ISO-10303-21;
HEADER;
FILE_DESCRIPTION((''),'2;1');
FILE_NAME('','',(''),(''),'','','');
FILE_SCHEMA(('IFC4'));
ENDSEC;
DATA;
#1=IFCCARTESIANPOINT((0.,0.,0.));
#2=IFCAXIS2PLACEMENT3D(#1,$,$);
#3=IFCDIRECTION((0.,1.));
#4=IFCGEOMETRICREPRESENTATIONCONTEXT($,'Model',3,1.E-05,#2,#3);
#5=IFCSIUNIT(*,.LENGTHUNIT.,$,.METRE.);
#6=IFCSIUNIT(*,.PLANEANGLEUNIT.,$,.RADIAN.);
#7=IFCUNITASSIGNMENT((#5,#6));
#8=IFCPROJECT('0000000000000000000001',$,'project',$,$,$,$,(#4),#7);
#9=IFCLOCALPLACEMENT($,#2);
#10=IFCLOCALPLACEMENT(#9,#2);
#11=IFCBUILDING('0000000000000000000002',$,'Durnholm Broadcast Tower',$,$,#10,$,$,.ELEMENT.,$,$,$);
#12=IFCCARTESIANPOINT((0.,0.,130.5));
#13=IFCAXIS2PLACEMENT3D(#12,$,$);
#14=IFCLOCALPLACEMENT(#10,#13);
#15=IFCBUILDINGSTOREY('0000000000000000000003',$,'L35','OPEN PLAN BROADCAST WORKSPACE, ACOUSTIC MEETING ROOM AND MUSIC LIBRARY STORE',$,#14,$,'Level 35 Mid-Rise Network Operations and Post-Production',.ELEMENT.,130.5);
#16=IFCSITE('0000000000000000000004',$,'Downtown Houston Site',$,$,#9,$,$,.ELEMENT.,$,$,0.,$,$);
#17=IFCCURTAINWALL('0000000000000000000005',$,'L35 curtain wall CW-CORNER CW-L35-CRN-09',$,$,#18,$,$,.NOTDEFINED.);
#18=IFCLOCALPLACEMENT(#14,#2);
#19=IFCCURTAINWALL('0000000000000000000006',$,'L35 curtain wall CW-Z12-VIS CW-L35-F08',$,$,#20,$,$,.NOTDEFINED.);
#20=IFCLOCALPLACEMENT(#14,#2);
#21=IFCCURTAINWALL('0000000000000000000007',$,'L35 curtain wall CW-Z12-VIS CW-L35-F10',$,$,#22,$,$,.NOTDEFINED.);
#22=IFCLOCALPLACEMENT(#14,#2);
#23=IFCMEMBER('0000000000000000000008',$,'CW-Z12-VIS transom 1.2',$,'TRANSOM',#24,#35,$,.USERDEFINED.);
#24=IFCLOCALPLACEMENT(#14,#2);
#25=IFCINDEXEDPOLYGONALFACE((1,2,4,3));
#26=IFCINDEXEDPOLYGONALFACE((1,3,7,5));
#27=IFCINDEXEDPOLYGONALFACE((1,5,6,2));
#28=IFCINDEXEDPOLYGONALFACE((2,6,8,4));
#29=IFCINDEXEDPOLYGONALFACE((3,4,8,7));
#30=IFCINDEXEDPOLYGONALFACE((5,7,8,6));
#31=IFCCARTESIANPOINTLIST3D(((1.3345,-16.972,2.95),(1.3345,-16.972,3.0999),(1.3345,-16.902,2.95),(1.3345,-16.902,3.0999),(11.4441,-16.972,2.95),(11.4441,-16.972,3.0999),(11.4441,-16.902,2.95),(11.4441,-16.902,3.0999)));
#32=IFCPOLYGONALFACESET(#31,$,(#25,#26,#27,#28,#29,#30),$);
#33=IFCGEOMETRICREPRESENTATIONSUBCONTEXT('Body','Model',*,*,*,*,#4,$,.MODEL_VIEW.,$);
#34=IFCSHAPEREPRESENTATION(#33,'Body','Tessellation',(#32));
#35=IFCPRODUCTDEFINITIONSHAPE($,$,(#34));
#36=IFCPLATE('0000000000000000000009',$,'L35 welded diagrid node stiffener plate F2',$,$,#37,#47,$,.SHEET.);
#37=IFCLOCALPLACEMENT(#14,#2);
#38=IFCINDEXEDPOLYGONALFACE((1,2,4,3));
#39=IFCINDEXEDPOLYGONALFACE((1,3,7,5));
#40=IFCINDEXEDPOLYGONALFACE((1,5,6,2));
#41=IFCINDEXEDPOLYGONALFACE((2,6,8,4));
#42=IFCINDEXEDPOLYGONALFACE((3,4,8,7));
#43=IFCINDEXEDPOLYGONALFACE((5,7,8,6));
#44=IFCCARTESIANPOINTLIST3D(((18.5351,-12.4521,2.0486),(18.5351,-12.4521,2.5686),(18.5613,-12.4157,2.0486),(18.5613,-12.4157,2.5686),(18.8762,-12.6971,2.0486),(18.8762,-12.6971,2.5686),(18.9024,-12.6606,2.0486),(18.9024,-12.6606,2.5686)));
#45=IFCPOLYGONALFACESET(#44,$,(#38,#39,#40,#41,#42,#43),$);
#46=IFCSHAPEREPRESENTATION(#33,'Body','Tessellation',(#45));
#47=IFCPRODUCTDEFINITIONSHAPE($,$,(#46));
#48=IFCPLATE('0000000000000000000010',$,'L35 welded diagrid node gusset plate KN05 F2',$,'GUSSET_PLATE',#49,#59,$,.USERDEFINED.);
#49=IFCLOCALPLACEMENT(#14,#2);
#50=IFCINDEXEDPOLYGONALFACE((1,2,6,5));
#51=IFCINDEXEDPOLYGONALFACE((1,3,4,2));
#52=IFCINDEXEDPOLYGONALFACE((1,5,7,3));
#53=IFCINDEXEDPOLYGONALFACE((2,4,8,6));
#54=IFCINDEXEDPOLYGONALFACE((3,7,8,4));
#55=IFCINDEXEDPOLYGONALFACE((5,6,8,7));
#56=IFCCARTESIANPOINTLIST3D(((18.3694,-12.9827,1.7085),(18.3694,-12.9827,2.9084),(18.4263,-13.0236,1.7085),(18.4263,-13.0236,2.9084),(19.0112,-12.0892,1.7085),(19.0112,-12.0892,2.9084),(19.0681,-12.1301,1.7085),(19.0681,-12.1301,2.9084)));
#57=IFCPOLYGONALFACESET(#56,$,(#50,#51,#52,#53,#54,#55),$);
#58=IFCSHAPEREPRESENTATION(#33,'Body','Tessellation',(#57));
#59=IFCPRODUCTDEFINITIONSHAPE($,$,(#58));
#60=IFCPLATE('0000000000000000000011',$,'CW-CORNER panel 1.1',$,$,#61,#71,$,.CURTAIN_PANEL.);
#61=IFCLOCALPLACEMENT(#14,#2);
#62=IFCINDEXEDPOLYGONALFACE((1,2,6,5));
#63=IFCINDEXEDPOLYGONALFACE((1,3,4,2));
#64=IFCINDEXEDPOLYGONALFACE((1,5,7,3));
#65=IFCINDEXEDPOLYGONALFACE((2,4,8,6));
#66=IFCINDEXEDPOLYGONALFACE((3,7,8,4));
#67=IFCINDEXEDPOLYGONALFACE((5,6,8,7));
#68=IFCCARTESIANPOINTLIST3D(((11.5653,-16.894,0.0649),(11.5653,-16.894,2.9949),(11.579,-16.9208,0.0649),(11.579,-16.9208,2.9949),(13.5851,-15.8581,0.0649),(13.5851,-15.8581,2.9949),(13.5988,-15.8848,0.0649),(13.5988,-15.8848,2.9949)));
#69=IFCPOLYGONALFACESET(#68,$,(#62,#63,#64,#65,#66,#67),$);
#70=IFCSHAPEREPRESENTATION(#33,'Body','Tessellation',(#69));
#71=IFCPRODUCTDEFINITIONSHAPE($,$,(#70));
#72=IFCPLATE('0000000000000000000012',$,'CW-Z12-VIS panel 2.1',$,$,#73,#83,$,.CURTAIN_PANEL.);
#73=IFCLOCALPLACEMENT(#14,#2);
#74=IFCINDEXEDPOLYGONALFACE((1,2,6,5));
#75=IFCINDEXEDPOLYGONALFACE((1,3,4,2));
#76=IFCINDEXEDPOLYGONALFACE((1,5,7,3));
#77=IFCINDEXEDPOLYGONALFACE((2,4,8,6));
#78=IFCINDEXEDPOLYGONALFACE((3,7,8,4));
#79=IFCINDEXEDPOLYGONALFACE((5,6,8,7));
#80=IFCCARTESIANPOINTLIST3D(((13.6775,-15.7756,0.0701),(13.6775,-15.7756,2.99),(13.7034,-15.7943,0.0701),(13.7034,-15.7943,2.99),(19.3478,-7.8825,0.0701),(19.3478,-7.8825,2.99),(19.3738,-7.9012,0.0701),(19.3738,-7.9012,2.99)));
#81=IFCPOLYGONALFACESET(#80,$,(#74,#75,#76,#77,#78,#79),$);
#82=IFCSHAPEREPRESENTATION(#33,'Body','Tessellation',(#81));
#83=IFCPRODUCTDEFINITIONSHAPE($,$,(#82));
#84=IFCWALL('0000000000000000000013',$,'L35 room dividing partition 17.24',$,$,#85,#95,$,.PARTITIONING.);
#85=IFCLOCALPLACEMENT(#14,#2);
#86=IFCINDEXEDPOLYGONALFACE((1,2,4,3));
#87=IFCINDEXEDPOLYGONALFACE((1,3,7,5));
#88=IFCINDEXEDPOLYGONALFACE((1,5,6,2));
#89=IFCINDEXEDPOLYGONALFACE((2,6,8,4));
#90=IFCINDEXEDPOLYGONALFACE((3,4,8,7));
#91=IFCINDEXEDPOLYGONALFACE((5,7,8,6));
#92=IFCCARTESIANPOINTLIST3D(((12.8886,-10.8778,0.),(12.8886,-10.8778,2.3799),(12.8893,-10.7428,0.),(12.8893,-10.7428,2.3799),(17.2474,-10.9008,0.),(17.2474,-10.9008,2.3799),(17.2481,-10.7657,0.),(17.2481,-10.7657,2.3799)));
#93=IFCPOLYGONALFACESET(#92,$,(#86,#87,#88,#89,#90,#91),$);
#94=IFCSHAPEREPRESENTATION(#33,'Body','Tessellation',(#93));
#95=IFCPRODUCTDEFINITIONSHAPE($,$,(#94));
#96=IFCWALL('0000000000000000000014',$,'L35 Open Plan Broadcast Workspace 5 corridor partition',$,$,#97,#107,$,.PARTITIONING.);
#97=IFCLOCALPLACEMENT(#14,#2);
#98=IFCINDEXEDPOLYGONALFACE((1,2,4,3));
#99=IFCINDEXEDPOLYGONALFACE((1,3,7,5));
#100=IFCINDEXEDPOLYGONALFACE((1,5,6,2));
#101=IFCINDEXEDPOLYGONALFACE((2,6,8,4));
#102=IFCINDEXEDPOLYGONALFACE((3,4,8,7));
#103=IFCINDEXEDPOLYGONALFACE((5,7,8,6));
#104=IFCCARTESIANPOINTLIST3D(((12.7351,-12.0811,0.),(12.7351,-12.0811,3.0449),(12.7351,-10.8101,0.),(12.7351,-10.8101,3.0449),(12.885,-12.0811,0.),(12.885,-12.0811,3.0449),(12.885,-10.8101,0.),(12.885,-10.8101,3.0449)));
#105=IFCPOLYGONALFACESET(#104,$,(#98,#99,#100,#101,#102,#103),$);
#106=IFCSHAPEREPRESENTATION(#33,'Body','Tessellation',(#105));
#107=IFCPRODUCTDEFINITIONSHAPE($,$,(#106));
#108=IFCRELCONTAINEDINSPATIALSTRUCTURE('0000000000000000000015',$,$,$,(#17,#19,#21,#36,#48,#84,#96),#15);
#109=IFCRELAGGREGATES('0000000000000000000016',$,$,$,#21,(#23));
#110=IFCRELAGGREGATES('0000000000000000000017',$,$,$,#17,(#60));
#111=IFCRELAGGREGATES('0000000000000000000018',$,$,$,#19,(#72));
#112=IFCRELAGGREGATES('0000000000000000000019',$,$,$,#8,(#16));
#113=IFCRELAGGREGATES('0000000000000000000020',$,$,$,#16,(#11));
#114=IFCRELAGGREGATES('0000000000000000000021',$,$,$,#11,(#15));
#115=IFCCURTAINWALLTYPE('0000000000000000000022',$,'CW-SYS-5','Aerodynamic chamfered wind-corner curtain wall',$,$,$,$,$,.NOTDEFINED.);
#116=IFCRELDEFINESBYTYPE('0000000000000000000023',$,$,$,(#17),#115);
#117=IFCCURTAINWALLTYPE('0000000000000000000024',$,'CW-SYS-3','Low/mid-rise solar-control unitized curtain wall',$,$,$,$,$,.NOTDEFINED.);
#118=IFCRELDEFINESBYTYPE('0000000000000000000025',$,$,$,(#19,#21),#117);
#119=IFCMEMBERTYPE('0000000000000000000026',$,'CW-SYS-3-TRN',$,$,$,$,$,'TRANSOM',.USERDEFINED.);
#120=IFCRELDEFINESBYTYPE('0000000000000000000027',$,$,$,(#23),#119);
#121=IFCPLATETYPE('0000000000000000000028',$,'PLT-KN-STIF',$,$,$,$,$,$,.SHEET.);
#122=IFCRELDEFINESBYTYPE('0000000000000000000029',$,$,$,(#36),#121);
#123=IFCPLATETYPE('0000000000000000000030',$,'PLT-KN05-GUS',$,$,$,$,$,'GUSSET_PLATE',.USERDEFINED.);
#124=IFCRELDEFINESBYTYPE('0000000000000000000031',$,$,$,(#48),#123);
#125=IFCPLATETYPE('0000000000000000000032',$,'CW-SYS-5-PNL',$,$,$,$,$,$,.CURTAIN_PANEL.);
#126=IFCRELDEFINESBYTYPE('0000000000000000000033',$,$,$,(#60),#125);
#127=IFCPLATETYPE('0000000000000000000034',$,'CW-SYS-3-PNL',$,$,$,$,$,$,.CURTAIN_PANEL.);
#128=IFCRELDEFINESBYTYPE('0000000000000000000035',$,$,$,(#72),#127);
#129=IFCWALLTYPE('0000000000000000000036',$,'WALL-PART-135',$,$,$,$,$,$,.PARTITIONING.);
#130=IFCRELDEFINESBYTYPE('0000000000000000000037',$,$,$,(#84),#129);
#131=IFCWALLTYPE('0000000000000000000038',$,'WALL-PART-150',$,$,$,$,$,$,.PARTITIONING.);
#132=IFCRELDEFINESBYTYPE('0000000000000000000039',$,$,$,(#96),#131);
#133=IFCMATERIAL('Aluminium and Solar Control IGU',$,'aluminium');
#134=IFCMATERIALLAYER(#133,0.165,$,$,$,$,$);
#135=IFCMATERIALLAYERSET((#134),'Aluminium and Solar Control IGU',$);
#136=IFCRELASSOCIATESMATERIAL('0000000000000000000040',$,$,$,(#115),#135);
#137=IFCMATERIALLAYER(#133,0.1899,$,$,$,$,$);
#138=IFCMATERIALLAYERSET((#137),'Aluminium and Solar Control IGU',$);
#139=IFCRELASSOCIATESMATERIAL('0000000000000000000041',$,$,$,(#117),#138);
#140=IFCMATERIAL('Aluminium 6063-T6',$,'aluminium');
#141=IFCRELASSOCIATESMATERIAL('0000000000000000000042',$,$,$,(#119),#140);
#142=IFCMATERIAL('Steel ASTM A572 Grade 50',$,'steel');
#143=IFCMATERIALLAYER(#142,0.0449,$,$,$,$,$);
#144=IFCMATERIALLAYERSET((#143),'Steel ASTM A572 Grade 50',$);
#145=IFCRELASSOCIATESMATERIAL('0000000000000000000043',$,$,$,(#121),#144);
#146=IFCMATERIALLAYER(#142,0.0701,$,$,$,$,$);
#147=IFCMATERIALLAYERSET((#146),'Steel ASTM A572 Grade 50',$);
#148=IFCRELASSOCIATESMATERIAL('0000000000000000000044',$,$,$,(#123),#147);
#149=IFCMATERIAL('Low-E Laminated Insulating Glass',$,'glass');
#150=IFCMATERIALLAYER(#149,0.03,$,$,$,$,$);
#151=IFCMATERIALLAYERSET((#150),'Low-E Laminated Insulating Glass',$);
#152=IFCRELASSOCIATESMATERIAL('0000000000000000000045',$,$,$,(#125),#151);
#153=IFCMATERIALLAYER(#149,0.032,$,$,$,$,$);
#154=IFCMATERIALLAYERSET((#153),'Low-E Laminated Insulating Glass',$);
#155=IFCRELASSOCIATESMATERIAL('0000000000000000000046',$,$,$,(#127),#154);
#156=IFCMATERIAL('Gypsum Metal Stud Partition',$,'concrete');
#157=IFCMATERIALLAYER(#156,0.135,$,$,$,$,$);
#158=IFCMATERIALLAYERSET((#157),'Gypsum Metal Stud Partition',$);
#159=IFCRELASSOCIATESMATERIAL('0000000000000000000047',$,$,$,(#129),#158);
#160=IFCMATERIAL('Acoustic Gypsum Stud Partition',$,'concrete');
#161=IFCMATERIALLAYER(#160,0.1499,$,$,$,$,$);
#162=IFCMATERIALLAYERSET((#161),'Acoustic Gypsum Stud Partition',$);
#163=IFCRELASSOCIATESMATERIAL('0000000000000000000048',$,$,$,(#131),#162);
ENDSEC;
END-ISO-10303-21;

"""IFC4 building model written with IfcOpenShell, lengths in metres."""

from ifc_helpers import new_model, si_unit, direction, frame, frame_2d, origin, origin_2d, place, context, subcontext, project, spatial, rectangle, extrude, source, transform, mapped, material, layer, layer_set, material_profile, profile_set, type_object, type_shapes, element, aggregate, save


model = new_model("IFC4")

# Units and contexts
model_context = context("Model", 3, precision=1e-05, world=origin(), true_north=direction((0.0, 1.0)))
body_context = subcontext(model_context, "Body", "Model", "MODEL_VIEW")
ifc_project = project(units=[si_unit("LENGTHUNIT", "METRE"), si_unit("PLANEANGLEUNIT", "RADIAN")], contexts=[model_context])

# Site, building, storey
site_placement = place(None, origin())
site = spatial("IfcSite", under=ifc_project, at=site_placement, Name="Downtown Houston Site", CompositionType="ELEMENT", RefElevation=0.0)
building_placement = place(site_placement, origin())
building = spatial("IfcBuilding", under=site, at=building_placement, Name="Durnholm Broadcast Tower", CompositionType="ELEMENT")
storey_placement = place(building_placement, frame((0.0, 0.0, 130.5)))
storey = spatial("IfcBuildingStorey", under=building, at=storey_placement, Name="L35", Description="OPEN PLAN BROADCAST WORKSPACE, ACOUSTIC MEETING ROOM AND MUSIC LIBRARY STORE", LongName="Level 35 Mid-Rise Network Operations and Post-Production", CompositionType="ELEMENT", Elevation=130.5)

# Curtain wall
ifc_material_1 = material(Name="Aluminium and Solar Control IGU", Category="aluminium")
ifc_layer_1 = layer(ifc_material_1, 0.165)
ifc_layer_set_1 = layer_set([ifc_layer_1], Name="Aluminium and Solar Control IGU")
curtain_wall_type_1 = type_object("IfcCurtainWallType", Name="CW-SYS-5", Description="Aerodynamic chamfered wind-corner curtain wall", PredefinedType="NOTDEFINED", material=ifc_layer_set_1)
curtain_wall_1_placement = place(storey_placement, origin())
curtain_wall_1 = element("IfcCurtainWall", 1, at=curtain_wall_1_placement, inside=storey, type_object=curtain_wall_type_1, Name="L35 curtain wall CW-CORNER CW-L35-CRN-09", PredefinedType="NOTDEFINED")
ifc_material_2 = material(Name="Aluminium 6063-T6", Category="aluminium")

# Curtain walls
ifc_layer_2 = layer(ifc_material_1, 0.1899)
ifc_layer_set_2 = layer_set([ifc_layer_2], Name="Aluminium and Solar Control IGU")
curtain_wall_type_2 = type_object("IfcCurtainWallType", Name="CW-SYS-3", Description="Low/mid-rise solar-control unitized curtain wall", PredefinedType="NOTDEFINED", material=ifc_layer_set_2)
curtain_wall_2_placement = place(storey_placement, origin())
curtain_wall_2 = element("IfcCurtainWall", 2, at=curtain_wall_2_placement, inside=storey, type_object=curtain_wall_type_2, Name="L35 curtain wall CW-Z12-VIS CW-L35-F08", PredefinedType="NOTDEFINED")
curtain_wall_3_placement = place(storey_placement, origin())
curtain_wall_3 = element("IfcCurtainWall", 3, at=curtain_wall_3_placement, inside=storey, type_object=curtain_wall_type_2, Name="L35 curtain wall CW-Z12-VIS CW-L35-F10", PredefinedType="NOTDEFINED")

# Member
ifc_material_profile_1 = material_profile(ifc_material_2, rectangle(XDim=0.0701, YDim=0.1499, at=origin_2d()), Name="CWT70X150")
ifc_profile_set_1 = profile_set([ifc_material_profile_1], Name="Aluminium 6063-T6")
member_type_1 = type_object("IfcMemberType", Name="CW-SYS-3-TRN", ElementType="TRANSOM", PredefinedType="USERDEFINED", material=ifc_profile_set_1)
shared_shape_1 = source(origin(), body_context, "Body", "SweptSolid", [
    extrude(rectangle(XDim=0.0701, YDim=0.1499, at=origin_2d()), origin(), (0.0, 0.0, 1.0), 10.1096),
])
type_shapes(member_type_1, [shared_shape_1])
member_1_placement = place(storey_placement, frame((11.4441, -16.937, 3.0249), z_axis=(-1.0, 0.0, 0.0), x_axis=(0.0, -1.0, 0.0)))
member_1 = element("IfcMember", 4, at=member_1_placement, type_object=member_type_1, Name="CW-Z12-VIS transom 1.2", ObjectType="TRANSOM", PredefinedType="USERDEFINED", context=body_context, shape_type="MappedRepresentation", body=[
    mapped(shared_shape_1, transform((0.0, 0.0, 0.0), x_axis=(1.0, 0.0, 0.0), y_axis=(0.0, 1.0, 0.0), z_axis=(0.0, 0.0, 1.0), scale=1.0)),
])
aggregate(curtain_wall_3, [member_1])

# Plates
ifc_material_3 = material(Name="Steel ASTM A572 Grade 50", Category="steel")
ifc_layer_3 = layer(ifc_material_3, 0.0449)
ifc_layer_set_3 = layer_set([ifc_layer_3], Name="Steel ASTM A572 Grade 50")
plate_type_1 = type_object("IfcPlateType", Name="PLT-KN-STIF", PredefinedType="SHEET", material=ifc_layer_set_3)
shared_shape_2 = source(origin(), body_context, "Body", "SweptSolid", [
    extrude(rectangle(XDim=0.0449, YDim=0.4199, at=origin_2d()), origin(), (0.0, 0.0, 1.0), 0.52),
])
type_shapes(plate_type_1, [shared_shape_2])
plate_1_placement = place(storey_placement, frame((18.7188, -12.5564, 2.0486), z_axis=(0.0, 0.0, 1.0), x_axis=(0.583399, 0.812185, 0.0)))
element("IfcPlate", 5, at=plate_1_placement, inside=storey, type_object=plate_type_1, Name="L35 welded diagrid node stiffener plate F2", PredefinedType="SHEET", context=body_context, shape_type="MappedRepresentation", body=[
    mapped(shared_shape_2, transform((0.0, 0.0, 0.0), x_axis=(1.0, 0.0, 0.0), y_axis=(0.0, 1.0, 0.0), z_axis=(0.0, 0.0, 1.0), scale=1.0)),
])
ifc_layer_4 = layer(ifc_material_3, 0.0701)
ifc_layer_set_4 = layer_set([ifc_layer_4], Name="Steel ASTM A572 Grade 50")
plate_type_2 = type_object("IfcPlateType", Name="PLT-KN05-GUS", ElementType="GUSSET_PLATE", PredefinedType="USERDEFINED", material=ifc_layer_set_4)
shared_shape_3 = source(origin(), body_context, "Body", "SweptSolid", [
    extrude(rectangle(XDim=1.1001, YDim=0.0701, at=origin_2d()), origin(), (0.0, 0.0, 1.0), 1.2),
])
type_shapes(plate_type_2, [shared_shape_3])
plate_2_placement = place(storey_placement, frame((18.7188, -12.5564, 1.7085), z_axis=(0.0, 0.0, 1.0), x_axis=(0.583399, 0.812185, 0.0)))
element("IfcPlate", 6, at=plate_2_placement, inside=storey, type_object=plate_type_2, Name="L35 welded diagrid node gusset plate KN05 F2", ObjectType="GUSSET_PLATE", PredefinedType="USERDEFINED", context=body_context, shape_type="MappedRepresentation", body=[
    mapped(shared_shape_3, transform((0.0, 0.0, 0.0), x_axis=(1.0, 0.0, 0.0), y_axis=(0.0, 1.0, 0.0), z_axis=(0.0, 0.0, 1.0), scale=1.0)),
])

# Plates
ifc_material_4 = material(Name="Low-E Laminated Insulating Glass", Category="glass")
ifc_layer_5 = layer(ifc_material_4, 0.03)
ifc_layer_set_5 = layer_set([ifc_layer_5], Name="Low-E Laminated Insulating Glass")
plate_type_3 = type_object("IfcPlateType", Name="CW-SYS-5-PNL", PredefinedType="CURTAIN_PANEL", material=ifc_layer_set_5)
shared_shape_4 = source(origin(), body_context, "Body", "SweptSolid", [
    extrude(rectangle(XDim=2.27, YDim=0.03, at=origin_2d()), origin(), (0.0, 0.0, 1.0), 2.9299),
])
type_shapes(plate_type_3, [shared_shape_4])
plate_3_placement = place(storey_placement, frame((12.582, -16.3894, 0.0649), z_axis=(0.0, 0.0, 1.0), x_axis=(-0.889788, -0.456373, 0.0)))
plate_3 = element("IfcPlate", 7, at=plate_3_placement, type_object=plate_type_3, Name="CW-CORNER panel 1.1", PredefinedType="CURTAIN_PANEL", context=body_context, shape_type="MappedRepresentation", body=[
    mapped(shared_shape_4, transform((0.0, 0.0, 0.0), x_axis=(1.0, 0.0, 0.0), y_axis=(0.0, 1.0, 0.0), z_axis=(0.0, 0.0, 1.0), scale=1.0)),
])
aggregate(curtain_wall_1, [plate_3])
ifc_layer_6 = layer(ifc_material_4, 0.032)
ifc_layer_set_6 = layer_set([ifc_layer_6], Name="Low-E Laminated Insulating Glass")
plate_type_4 = type_object("IfcPlateType", Name="CW-SYS-3-PNL", PredefinedType="CURTAIN_PANEL", material=ifc_layer_set_6)
shared_shape_5 = source(origin(), body_context, "Body", "SweptSolid", [
    extrude(rectangle(XDim=9.7188, YDim=0.032, at=origin_2d()), origin(), (0.0, 0.0, 1.0), 2.9199),
])
type_shapes(plate_type_4, [shared_shape_5])
plate_4_placement = place(storey_placement, frame((16.5256, -11.8384, 0.0701), z_axis=(0.0, 0.0, 1.0), x_axis=(-0.583445, -0.812152, 0.0)))
plate_4 = element("IfcPlate", 8, at=plate_4_placement, type_object=plate_type_4, Name="CW-Z12-VIS panel 2.1", PredefinedType="CURTAIN_PANEL", context=body_context, shape_type="MappedRepresentation", body=[
    mapped(shared_shape_5, transform((0.0, 0.0, 0.0), x_axis=(1.0, 0.0, 0.0), y_axis=(0.0, 1.0, 0.0), z_axis=(0.0, 0.0, 1.0), scale=1.0)),
])
aggregate(curtain_wall_2, [plate_4])

# Walls
ifc_material_5 = material(Name="Gypsum Metal Stud Partition", Category="concrete")
ifc_layer_7 = layer(ifc_material_5, 0.135)
ifc_layer_set_7 = layer_set([ifc_layer_7], Name="Gypsum Metal Stud Partition")
wall_type_1 = type_object("IfcWallType", Name="WALL-PART-135", PredefinedType="PARTITIONING", material=ifc_layer_set_7)
wall_1_placement = place(storey_placement, frame((12.8889, -10.8103, 0.0), z_axis=(0.0, 0.0, 1.0), x_axis=(0.999986, -0.005265, 0.0)))
element("IfcWall", 9, at=wall_1_placement, inside=storey, type_object=wall_type_1, Name="L35 room dividing partition 17.24", PredefinedType="PARTITIONING", context=body_context, shape_type="SweptSolid", body=[
    extrude(rectangle(XDim=4.3589, YDim=0.135, at=frame_2d((2.1794, 0.0))), origin(), (0.0, 0.0, 1.0), 2.3799),
])
ifc_material_6 = material(Name="Acoustic Gypsum Stud Partition", Category="concrete")
ifc_layer_8 = layer(ifc_material_6, 0.1499)
ifc_layer_set_8 = layer_set([ifc_layer_8], Name="Acoustic Gypsum Stud Partition")
wall_type_2 = type_object("IfcWallType", Name="WALL-PART-150", PredefinedType="PARTITIONING", material=ifc_layer_set_8)
wall_2_placement = place(storey_placement, frame((12.8101, -12.0811, 0.0), z_axis=(0.0, 0.0, 1.0), x_axis=(0.0, 1.0, 0.0)))
element("IfcWall", 10, at=wall_2_placement, inside=storey, type_object=wall_type_2, Name="L35 Open Plan Broadcast Workspace 5 corridor partition", PredefinedType="PARTITIONING", context=body_context, shape_type="SweptSolid", body=[
    extrude(rectangle(XDim=1.271, YDim=0.1499, at=frame_2d((0.6355, 0.0))), origin(), (0.0, 0.0, 1.0), 3.0449),
])

save(model, "model.ifc")
